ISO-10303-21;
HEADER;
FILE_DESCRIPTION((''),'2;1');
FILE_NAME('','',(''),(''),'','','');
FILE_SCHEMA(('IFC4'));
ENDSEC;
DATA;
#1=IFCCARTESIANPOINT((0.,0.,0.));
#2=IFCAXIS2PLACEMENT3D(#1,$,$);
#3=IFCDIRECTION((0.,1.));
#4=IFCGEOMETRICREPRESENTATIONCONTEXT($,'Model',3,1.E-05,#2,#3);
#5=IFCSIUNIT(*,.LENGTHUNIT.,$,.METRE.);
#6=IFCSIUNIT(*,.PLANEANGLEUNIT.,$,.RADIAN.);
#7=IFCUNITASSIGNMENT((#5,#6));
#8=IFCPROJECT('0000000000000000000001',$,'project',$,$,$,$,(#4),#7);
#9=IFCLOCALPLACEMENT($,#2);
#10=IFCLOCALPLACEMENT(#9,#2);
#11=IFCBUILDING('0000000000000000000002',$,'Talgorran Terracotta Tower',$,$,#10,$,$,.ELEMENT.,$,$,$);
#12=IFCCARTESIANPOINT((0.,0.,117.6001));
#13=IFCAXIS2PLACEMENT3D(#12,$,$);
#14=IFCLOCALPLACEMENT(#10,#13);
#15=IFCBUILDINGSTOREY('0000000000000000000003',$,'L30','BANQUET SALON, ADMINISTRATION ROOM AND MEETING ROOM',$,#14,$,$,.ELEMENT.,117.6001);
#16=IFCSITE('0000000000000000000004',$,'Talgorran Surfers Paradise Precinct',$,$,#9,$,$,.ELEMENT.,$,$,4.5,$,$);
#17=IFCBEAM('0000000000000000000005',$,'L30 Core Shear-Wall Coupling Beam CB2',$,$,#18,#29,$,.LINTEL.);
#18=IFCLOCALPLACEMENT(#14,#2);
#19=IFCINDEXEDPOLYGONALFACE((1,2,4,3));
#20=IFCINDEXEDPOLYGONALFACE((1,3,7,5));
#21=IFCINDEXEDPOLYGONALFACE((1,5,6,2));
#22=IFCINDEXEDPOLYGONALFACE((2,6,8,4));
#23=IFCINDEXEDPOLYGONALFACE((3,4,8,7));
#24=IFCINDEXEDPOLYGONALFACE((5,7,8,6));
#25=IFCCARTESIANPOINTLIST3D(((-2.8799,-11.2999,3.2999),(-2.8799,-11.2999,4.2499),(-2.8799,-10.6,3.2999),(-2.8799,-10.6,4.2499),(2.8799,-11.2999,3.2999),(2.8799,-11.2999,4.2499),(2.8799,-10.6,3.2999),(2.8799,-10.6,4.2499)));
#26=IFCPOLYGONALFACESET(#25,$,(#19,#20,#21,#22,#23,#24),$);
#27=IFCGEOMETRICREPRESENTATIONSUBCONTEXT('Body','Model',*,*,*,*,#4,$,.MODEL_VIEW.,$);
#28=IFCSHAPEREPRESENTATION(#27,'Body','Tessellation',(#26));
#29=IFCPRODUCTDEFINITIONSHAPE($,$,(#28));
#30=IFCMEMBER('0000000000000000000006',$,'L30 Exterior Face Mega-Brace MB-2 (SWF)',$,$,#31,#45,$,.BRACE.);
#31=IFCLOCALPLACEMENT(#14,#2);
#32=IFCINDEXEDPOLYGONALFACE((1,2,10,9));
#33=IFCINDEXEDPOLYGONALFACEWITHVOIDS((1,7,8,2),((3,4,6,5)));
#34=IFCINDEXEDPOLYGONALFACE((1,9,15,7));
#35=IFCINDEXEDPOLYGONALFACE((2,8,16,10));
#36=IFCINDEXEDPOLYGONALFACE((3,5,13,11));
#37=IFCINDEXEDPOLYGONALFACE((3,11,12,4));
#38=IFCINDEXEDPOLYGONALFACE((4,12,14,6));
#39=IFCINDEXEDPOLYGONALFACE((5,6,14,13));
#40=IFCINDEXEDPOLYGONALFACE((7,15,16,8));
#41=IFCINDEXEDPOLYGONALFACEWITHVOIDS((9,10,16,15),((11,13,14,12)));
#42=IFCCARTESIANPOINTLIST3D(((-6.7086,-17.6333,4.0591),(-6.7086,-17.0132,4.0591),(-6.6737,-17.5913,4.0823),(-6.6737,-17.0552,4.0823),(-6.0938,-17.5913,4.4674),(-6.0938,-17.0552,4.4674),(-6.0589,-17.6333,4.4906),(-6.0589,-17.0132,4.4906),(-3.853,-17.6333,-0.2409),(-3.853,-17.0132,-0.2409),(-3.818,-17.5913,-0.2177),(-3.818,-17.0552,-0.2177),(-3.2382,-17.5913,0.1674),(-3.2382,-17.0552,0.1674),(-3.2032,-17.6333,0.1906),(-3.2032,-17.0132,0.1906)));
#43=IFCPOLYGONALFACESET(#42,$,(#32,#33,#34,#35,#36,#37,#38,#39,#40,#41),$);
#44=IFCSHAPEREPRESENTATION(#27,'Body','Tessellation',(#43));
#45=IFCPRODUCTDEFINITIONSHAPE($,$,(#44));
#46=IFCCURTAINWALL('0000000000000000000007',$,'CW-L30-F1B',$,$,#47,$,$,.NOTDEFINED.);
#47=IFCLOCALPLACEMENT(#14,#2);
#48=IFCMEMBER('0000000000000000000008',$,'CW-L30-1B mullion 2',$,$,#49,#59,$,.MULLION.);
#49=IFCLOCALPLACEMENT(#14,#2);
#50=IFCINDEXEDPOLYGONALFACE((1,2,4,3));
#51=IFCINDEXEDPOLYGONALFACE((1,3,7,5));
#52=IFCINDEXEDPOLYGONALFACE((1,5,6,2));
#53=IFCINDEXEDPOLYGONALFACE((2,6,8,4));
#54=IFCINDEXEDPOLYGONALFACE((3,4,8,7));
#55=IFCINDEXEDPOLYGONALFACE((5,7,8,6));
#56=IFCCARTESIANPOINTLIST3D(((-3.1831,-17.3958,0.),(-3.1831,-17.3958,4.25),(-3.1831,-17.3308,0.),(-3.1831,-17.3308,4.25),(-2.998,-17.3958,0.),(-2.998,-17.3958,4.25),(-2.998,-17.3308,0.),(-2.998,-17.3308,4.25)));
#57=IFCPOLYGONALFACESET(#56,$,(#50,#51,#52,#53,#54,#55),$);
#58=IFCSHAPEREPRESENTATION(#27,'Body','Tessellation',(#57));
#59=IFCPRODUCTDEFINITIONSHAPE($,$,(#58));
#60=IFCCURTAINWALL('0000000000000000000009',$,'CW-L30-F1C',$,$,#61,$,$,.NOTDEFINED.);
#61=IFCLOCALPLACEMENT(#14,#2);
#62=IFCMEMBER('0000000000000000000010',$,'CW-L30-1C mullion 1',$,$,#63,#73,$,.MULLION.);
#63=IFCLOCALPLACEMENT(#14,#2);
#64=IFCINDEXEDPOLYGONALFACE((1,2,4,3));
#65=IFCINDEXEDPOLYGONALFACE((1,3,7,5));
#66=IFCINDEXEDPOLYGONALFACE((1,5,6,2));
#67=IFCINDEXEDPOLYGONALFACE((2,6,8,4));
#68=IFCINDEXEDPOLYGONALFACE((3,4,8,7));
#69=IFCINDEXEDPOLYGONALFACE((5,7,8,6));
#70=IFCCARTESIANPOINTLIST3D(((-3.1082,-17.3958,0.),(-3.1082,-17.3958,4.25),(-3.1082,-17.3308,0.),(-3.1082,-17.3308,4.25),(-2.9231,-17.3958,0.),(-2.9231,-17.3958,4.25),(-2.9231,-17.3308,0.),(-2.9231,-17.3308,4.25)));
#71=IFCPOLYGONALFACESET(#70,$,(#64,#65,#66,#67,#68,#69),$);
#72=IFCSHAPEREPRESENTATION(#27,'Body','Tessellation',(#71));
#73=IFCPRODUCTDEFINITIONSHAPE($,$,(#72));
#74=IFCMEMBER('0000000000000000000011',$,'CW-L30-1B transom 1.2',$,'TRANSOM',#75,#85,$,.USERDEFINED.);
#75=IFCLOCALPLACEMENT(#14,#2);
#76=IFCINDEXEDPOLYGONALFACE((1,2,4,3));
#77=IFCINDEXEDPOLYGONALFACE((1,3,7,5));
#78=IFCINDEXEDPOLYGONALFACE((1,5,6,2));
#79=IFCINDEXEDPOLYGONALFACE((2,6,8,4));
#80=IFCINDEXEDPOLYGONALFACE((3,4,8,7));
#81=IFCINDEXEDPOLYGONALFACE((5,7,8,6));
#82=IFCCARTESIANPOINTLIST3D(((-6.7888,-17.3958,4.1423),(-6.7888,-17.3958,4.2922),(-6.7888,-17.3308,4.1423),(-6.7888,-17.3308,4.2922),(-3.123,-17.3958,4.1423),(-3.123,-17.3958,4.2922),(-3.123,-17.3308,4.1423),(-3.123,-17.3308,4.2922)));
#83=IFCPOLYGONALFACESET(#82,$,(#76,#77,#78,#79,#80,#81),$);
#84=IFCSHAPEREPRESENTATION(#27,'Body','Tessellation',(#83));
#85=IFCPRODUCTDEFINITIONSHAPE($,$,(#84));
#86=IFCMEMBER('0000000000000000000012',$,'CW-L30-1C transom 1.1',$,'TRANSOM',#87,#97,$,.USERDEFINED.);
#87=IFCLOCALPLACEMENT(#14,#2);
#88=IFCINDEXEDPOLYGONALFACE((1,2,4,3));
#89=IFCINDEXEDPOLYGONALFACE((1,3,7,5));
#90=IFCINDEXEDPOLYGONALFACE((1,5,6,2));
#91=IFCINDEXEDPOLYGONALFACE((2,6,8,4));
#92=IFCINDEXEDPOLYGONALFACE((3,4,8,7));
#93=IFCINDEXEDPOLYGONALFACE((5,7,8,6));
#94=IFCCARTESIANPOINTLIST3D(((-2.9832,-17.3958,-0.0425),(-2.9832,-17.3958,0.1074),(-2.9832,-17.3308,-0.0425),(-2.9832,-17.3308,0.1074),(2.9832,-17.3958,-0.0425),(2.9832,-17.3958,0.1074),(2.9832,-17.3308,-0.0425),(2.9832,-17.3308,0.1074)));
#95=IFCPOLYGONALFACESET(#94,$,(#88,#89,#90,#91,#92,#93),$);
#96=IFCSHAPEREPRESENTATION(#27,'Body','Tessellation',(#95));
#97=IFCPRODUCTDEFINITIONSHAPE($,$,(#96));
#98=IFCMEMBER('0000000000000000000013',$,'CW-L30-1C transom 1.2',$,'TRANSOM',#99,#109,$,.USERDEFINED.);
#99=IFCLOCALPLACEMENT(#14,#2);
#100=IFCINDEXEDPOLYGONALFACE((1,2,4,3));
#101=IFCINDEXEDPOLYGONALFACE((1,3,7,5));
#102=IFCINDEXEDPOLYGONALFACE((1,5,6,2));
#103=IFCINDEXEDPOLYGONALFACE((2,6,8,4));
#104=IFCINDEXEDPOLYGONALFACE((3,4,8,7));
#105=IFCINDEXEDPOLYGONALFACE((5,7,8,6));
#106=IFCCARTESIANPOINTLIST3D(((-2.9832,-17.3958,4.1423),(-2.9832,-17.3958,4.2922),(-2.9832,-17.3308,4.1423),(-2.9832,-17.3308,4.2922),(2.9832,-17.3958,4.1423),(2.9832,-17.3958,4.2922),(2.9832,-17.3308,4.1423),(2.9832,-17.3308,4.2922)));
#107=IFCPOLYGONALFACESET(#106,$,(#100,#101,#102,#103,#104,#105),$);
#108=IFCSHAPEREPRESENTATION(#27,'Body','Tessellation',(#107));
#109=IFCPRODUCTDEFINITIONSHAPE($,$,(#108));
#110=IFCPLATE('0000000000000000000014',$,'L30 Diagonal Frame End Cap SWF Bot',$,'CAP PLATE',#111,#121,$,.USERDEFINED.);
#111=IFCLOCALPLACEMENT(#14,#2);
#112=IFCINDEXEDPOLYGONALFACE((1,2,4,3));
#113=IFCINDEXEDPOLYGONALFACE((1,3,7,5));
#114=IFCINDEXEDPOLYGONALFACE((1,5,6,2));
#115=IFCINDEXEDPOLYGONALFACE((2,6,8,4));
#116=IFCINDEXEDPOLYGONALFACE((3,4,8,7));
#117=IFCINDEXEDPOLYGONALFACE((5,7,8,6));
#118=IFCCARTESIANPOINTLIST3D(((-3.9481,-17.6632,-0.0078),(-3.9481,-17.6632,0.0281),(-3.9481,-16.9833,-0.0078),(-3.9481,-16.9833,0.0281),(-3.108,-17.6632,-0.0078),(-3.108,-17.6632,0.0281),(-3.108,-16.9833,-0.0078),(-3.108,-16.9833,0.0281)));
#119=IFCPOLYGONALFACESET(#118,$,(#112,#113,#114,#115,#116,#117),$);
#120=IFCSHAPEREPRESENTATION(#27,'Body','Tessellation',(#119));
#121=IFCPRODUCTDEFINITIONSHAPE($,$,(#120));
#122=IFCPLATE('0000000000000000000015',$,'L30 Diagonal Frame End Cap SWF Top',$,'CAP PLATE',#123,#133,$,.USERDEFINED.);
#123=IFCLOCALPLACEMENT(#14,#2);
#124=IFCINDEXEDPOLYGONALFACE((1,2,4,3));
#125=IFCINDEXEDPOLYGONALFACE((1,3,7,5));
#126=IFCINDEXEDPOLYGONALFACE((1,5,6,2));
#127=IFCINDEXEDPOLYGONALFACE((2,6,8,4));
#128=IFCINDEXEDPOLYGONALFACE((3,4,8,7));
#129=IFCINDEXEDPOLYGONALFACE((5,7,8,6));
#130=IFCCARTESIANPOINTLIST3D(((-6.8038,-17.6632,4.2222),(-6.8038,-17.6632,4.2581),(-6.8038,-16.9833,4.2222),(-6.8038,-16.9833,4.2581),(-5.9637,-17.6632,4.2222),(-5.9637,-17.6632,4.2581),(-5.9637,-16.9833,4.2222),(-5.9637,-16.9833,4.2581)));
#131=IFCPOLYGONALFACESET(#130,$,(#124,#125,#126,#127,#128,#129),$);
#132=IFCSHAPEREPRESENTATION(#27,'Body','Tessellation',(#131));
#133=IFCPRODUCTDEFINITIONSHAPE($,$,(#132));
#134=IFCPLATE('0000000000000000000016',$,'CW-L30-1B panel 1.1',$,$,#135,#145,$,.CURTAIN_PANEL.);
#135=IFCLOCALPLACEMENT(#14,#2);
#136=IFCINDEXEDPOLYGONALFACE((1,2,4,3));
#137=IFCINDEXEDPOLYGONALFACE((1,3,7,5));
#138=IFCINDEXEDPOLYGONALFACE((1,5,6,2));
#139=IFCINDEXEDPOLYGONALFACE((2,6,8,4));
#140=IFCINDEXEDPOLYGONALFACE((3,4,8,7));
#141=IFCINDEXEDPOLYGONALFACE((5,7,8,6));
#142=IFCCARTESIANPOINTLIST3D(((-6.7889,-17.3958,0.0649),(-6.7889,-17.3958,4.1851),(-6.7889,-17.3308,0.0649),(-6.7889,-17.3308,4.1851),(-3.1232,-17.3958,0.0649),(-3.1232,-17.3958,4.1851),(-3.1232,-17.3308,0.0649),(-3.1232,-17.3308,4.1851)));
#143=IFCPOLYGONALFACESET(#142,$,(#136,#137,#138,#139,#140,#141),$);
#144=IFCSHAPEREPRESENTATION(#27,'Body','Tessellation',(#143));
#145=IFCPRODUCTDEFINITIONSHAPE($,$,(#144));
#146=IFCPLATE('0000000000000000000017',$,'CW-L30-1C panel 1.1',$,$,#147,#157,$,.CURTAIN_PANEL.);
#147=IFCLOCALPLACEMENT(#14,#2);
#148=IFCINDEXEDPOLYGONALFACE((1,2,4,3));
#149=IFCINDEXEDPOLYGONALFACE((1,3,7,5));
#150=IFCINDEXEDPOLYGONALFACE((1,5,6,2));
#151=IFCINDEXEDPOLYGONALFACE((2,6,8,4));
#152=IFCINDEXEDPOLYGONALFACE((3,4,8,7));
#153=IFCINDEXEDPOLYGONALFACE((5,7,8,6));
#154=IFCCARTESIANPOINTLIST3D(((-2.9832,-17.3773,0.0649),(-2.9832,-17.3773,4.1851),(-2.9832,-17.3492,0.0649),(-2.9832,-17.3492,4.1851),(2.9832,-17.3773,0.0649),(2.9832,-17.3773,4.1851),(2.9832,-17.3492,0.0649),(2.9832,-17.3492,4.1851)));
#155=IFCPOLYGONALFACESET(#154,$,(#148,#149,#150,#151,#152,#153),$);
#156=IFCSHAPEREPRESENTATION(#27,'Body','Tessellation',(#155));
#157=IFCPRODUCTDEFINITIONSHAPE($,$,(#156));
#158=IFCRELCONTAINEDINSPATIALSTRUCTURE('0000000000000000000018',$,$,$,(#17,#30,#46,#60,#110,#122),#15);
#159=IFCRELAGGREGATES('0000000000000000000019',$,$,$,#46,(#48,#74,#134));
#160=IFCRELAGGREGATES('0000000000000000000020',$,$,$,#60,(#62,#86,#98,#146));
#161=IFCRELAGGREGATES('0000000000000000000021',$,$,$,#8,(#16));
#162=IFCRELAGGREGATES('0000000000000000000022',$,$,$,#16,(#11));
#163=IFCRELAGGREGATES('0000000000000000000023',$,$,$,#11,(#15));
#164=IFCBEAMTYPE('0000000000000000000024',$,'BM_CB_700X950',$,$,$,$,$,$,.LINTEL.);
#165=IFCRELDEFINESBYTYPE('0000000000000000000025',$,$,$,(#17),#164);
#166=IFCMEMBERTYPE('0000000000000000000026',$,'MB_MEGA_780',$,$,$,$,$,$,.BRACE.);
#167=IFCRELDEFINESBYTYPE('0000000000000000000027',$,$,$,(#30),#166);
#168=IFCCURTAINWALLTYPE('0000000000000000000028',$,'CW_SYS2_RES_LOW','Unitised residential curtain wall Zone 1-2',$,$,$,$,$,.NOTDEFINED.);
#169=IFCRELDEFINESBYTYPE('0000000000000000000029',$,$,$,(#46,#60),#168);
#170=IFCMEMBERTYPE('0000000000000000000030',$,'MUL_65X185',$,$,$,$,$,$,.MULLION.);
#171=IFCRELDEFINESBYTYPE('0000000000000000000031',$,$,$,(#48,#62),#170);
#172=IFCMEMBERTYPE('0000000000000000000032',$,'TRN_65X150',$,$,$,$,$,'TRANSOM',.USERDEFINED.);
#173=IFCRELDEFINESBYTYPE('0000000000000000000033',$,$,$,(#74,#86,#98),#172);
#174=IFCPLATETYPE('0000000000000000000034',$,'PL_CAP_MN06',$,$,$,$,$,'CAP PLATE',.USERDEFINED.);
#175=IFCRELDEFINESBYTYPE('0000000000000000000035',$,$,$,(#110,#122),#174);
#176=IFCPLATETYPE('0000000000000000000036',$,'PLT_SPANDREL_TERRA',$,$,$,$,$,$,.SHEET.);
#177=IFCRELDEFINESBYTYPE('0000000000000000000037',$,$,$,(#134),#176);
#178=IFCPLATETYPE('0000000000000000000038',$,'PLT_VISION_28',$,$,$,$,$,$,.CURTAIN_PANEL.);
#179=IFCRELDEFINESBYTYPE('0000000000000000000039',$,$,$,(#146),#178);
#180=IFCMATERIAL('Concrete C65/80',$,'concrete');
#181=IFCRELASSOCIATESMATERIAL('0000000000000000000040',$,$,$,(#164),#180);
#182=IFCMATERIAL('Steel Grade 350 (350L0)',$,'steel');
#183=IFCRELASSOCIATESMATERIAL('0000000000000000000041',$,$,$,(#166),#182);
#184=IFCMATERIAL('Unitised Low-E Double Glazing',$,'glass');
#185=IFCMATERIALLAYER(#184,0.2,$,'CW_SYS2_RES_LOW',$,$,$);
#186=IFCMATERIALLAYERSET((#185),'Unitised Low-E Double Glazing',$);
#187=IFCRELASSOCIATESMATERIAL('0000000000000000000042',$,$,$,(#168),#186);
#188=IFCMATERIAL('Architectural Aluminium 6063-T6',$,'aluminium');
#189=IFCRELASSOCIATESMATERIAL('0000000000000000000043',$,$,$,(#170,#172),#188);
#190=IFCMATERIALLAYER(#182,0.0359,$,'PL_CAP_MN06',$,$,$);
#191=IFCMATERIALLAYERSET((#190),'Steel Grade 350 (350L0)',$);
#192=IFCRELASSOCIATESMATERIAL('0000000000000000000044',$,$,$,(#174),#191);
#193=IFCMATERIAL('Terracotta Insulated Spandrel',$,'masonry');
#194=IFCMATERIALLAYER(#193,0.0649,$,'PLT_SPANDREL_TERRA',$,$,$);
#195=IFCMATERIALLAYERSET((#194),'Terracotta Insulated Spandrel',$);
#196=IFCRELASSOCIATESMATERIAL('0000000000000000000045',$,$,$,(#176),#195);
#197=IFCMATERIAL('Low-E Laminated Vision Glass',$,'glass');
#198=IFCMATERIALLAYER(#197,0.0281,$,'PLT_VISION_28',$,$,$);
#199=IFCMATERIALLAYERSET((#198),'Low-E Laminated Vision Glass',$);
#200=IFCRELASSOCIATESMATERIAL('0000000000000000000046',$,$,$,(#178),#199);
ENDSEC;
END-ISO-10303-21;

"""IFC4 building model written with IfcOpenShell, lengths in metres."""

from ifc_helpers import new_model, si_unit, direction, frame, origin, origin_2d, place, context, subcontext, project, spatial, rectangle, hollow_rectangle, extrude, source, transform, mapped, material, layer, layer_set, material_profile, profile_set, type_object, type_shapes, element, aggregate, save


model = new_model("IFC4")

# Units and contexts
model_context = context("Model", 3, precision=1e-05, world=origin(), true_north=direction((0.0, 1.0)))
body_context = subcontext(model_context, "Body", "Model", "MODEL_VIEW")
ifc_project = project(units=[si_unit("LENGTHUNIT", "METRE"), si_unit("PLANEANGLEUNIT", "RADIAN")], contexts=[model_context])

# Site, building, storey
site_placement = place(None, origin())
site = spatial("IfcSite", under=ifc_project, at=site_placement, Name="Talgorran Surfers Paradise Precinct", CompositionType="ELEMENT", RefElevation=4.5)
building_placement = place(site_placement, origin())
building = spatial("IfcBuilding", under=site, at=building_placement, Name="Talgorran Terracotta Tower", CompositionType="ELEMENT")
storey_placement = place(building_placement, frame((0.0, 0.0, 117.6001)))
storey = spatial("IfcBuildingStorey", under=building, at=storey_placement, Name="L30", Description="BANQUET SALON, ADMINISTRATION ROOM AND MEETING ROOM", CompositionType="ELEMENT", Elevation=117.6001)

# Beam
ifc_material_1 = material(Name="Concrete C65/80", Category="concrete")
ifc_material_profile_1 = material_profile(ifc_material_1, rectangle(XDim=0.7, YDim=0.95, at=origin_2d()), Name="RCCB700X950")
ifc_profile_set_1 = profile_set([ifc_material_profile_1], Name="Concrete C65/80")
beam_type = type_object("IfcBeamType", Name="BM_CB_700X950", PredefinedType="LINTEL", material=ifc_profile_set_1)
beam_placement = place(storey_placement, frame((-2.8799, -10.95, 3.7749), z_axis=(1.0, 0.0, 0.0), x_axis=(0.0, 1.0, 0.0)))
element("IfcBeam", 1, at=beam_placement, inside=storey, type_object=beam_type, Name="L30 Core Shear-Wall Coupling Beam CB2", PredefinedType="LINTEL", context=body_context, shape_type="SweptSolid", body=[
    extrude(rectangle(XDim=0.7, YDim=0.95, at=origin_2d()), origin(), (0.0, 0.0, 1.0), 5.7598),
])

# Member
ifc_material_2 = material(Name="Steel Grade 350 (350L0)", Category="steel")
ifc_material_profile_2 = material_profile(ifc_material_2, hollow_rectangle(XDim=0.6201, YDim=0.78, WallThickness=0.042, at=origin_2d()), Name="WBOX780X620X42")
ifc_profile_set_2 = profile_set([ifc_material_profile_2], Name="Steel Grade 350 (350L0)")
member_type_1 = type_object("IfcMemberType", Name="MB_MEGA_780", PredefinedType="BRACE", material=ifc_profile_set_2)
member_1_placement = place(storey_placement, frame((-3.5281, -17.3232, -0.0251), z_axis=(-0.553226, 0.0, 0.833031), x_axis=(0.0, -1.0, 0.0)))
element("IfcMember", 2, at=member_1_placement, inside=storey, type_object=member_type_1, Name="L30 Exterior Face Mega-Brace MB-2 (SWF)", PredefinedType="BRACE", context=body_context, shape_type="SweptSolid", body=[
    extrude(hollow_rectangle(XDim=0.6201, YDim=0.78, WallThickness=0.042, at=origin_2d()), origin(), (0.0, 0.0, 1.0), 5.1619),
])

# Curtain walls, members
ifc_material_3 = material(Name="Unitised Low-E Double Glazing", Category="glass")
ifc_layer_1 = layer(ifc_material_3, 0.2, Name="CW_SYS2_RES_LOW")
ifc_layer_set_1 = layer_set([ifc_layer_1], Name="Unitised Low-E Double Glazing")
curtain_wall_type = type_object("IfcCurtainWallType", Name="CW_SYS2_RES_LOW", Description="Unitised residential curtain wall Zone 1-2", PredefinedType="NOTDEFINED", material=ifc_layer_set_1)
curtain_wall_1_placement = place(storey_placement, origin())
curtain_wall_1 = element("IfcCurtainWall", 3, at=curtain_wall_1_placement, inside=storey, type_object=curtain_wall_type, Name="CW-L30-F1B", PredefinedType="NOTDEFINED")
ifc_material_4 = material(Name="Architectural Aluminium 6063-T6", Category="aluminium")
ifc_material_profile_3 = material_profile(ifc_material_4, rectangle(XDim=0.0649, YDim=0.1851, at=origin_2d()), Name="CWM65X185")
ifc_profile_set_3 = profile_set([ifc_material_profile_3], Name="Architectural Aluminium 6063-T6")
member_type_2 = type_object("IfcMemberType", Name="MUL_65X185", PredefinedType="MULLION", material=ifc_profile_set_3)
member_2_placement = place(storey_placement, frame((-3.0906, -17.3633, 0.0), z_axis=(0.0, 0.0, 1.0), x_axis=(0.0, 1.0, 0.0)))
member_2 = element("IfcMember", 4, at=member_2_placement, type_object=member_type_2, Name="CW-L30-1B mullion 2", PredefinedType="MULLION", context=body_context, shape_type="SweptSolid", body=[
    extrude(rectangle(XDim=0.0649, YDim=0.1851, at=origin_2d()), origin(), (0.0, 0.0, 1.0), 4.25),
])
curtain_wall_2_placement = place(storey_placement, origin())
curtain_wall_2 = element("IfcCurtainWall", 5, at=curtain_wall_2_placement, inside=storey, type_object=curtain_wall_type, Name="CW-L30-F1C", PredefinedType="NOTDEFINED")
member_3_placement = place(storey_placement, frame((-3.0156, -17.3633, 0.0), z_axis=(0.0, 0.0, 1.0), x_axis=(0.0, 1.0, 0.0)))
member_3 = element("IfcMember", 6, at=member_3_placement, type_object=member_type_2, Name="CW-L30-1C mullion 1", PredefinedType="MULLION", context=body_context, shape_type="SweptSolid", body=[
    extrude(rectangle(XDim=0.0649, YDim=0.1851, at=origin_2d()), origin(), (0.0, 0.0, 1.0), 4.25),
])

# Members
ifc_material_profile_4 = material_profile(ifc_material_4, rectangle(XDim=0.0649, YDim=0.1499, at=origin_2d()), Name="CWT65X150")
ifc_profile_set_4 = profile_set([ifc_material_profile_4], Name="Architectural Aluminium 6063-T6")
member_type_3 = type_object("IfcMemberType", Name="TRN_65X150", ElementType="TRANSOM", PredefinedType="USERDEFINED", material=ifc_profile_set_4)
member_4_placement = place(storey_placement, frame((-6.7888, -17.3633, 4.2173), z_axis=(1.0, 0.0, 0.0), x_axis=(0.0, 1.0, 0.0)))
member_4 = element("IfcMember", 7, at=member_4_placement, type_object=member_type_3, Name="CW-L30-1B transom 1.2", ObjectType="TRANSOM", PredefinedType="USERDEFINED", context=body_context, shape_type="SweptSolid", body=[
    extrude(rectangle(XDim=0.0649, YDim=0.1499, at=origin_2d()), origin(), (0.0, 0.0, 1.0), 3.6658),
])
member_5_placement = place(storey_placement, frame((-2.9832, -17.3633, 0.0325), z_axis=(1.0, 0.0, 0.0), x_axis=(0.0, 1.0, 0.0)))
member_5 = element("IfcMember", 8, at=member_5_placement, type_object=member_type_3, Name="CW-L30-1C transom 1.1", ObjectType="TRANSOM", PredefinedType="USERDEFINED", context=body_context, shape_type="SweptSolid", body=[
    extrude(rectangle(XDim=0.0649, YDim=0.1499, at=origin_2d()), origin(), (0.0, 0.0, 1.0), 5.9663),
])
member_6_placement = place(storey_placement, frame((-2.9832, -17.3633, 4.2173), z_axis=(1.0, 0.0, 0.0), x_axis=(0.0, 1.0, 0.0)))
member_6 = element("IfcMember", 9, at=member_6_placement, type_object=member_type_3, Name="CW-L30-1C transom 1.2", ObjectType="TRANSOM", PredefinedType="USERDEFINED", context=body_context, shape_type="SweptSolid", body=[
    extrude(rectangle(XDim=0.0649, YDim=0.1499, at=origin_2d()), origin(), (0.0, 0.0, 1.0), 5.9663),
])

# Plates
ifc_layer_2 = layer(ifc_material_2, 0.0359, Name="PL_CAP_MN06")
ifc_layer_set_2 = layer_set([ifc_layer_2], Name="Steel Grade 350 (350L0)")
plate_type_1 = type_object("IfcPlateType", Name="PL_CAP_MN06", ElementType="CAP PLATE", PredefinedType="USERDEFINED", material=ifc_layer_set_2)
for number, where, z_axis, x_axis, name in (
    (10, (-3.5281, -17.3232, -0.0078), (0.0, 0.0, 1.0), (-1.0, 0.0, 0.0), "L30 Diagonal Frame End Cap SWF Bot"),
    (11, (-6.3838, -17.3232, 4.2222), (0.0, 0.0, 1.0), (-1.0, 0.0, 0.0), "L30 Diagonal Frame End Cap SWF Top"),
):
    element("IfcPlate", number, at=place(storey_placement, frame(where, z_axis=z_axis, x_axis=x_axis)), inside=storey, type_object=plate_type_1, Name=name, ObjectType="CAP PLATE", PredefinedType="USERDEFINED", context=body_context, shape_type="SweptSolid", body=[
        extrude(rectangle(XDim=0.8401, YDim=0.6799, at=origin_2d()), origin(), (0.0, 0.0, 1.0), 0.0359),
    ])

# Plates
ifc_material_5 = material(Name="Terracotta Insulated Spandrel", Category="masonry")
ifc_layer_3 = layer(ifc_material_5, 0.0649, Name="PLT_SPANDREL_TERRA")
ifc_layer_set_3 = layer_set([ifc_layer_3], Name="Terracotta Insulated Spandrel")
plate_type_2 = type_object("IfcPlateType", Name="PLT_SPANDREL_TERRA", PredefinedType="SHEET", material=ifc_layer_set_3)
shared_shape_1 = source(origin(), body_context, "Body", "SweptSolid", [
    extrude(rectangle(XDim=3.6658, YDim=0.0649, at=origin_2d()), origin(), (0.0, 0.0, 1.0), 4.1201),
])
type_shapes(plate_type_2, [shared_shape_1])
plate_1_placement = place(storey_placement, frame((-4.9561, -17.3633, 0.0649), z_axis=(0.0, 0.0, 1.0), x_axis=(1.0, 0.0, 0.0)))
plate_1 = element("IfcPlate", 12, at=plate_1_placement, type_object=plate_type_2, Name="CW-L30-1B panel 1.1", PredefinedType="CURTAIN_PANEL", context=body_context, shape_type="MappedRepresentation", body=[
    mapped(shared_shape_1, transform((0.0, 0.0, 0.0), scale=1.0)),
])
aggregate(curtain_wall_1, [member_2, member_4, plate_1])
ifc_material_6 = material(Name="Low-E Laminated Vision Glass", Category="glass")
ifc_layer_4 = layer(ifc_material_6, 0.0281, Name="PLT_VISION_28")
ifc_layer_set_4 = layer_set([ifc_layer_4], Name="Low-E Laminated Vision Glass")
plate_type_3 = type_object("IfcPlateType", Name="PLT_VISION_28", PredefinedType="CURTAIN_PANEL", material=ifc_layer_set_4)
shared_shape_2 = source(origin(), body_context, "Body", "SweptSolid", [
    extrude(rectangle(XDim=5.9663, YDim=0.0281, at=origin_2d()), origin(), (0.0, 0.0, 1.0), 4.1201),
])
type_shapes(plate_type_3, [shared_shape_2])
plate_2_placement = place(storey_placement, frame((0.0, -17.3633, 0.0649), z_axis=(0.0, 0.0, 1.0), x_axis=(1.0, 0.0, 0.0)))
plate_2 = element("IfcPlate", 13, at=plate_2_placement, type_object=plate_type_3, Name="CW-L30-1C panel 1.1", PredefinedType="CURTAIN_PANEL", context=body_context, shape_type="MappedRepresentation", body=[
    mapped(shared_shape_2, transform((0.0, 0.0, 0.0), scale=1.0)),
])
aggregate(curtain_wall_2, [member_3, member_5, member_6, plate_2])

save(model, "model.ifc")
